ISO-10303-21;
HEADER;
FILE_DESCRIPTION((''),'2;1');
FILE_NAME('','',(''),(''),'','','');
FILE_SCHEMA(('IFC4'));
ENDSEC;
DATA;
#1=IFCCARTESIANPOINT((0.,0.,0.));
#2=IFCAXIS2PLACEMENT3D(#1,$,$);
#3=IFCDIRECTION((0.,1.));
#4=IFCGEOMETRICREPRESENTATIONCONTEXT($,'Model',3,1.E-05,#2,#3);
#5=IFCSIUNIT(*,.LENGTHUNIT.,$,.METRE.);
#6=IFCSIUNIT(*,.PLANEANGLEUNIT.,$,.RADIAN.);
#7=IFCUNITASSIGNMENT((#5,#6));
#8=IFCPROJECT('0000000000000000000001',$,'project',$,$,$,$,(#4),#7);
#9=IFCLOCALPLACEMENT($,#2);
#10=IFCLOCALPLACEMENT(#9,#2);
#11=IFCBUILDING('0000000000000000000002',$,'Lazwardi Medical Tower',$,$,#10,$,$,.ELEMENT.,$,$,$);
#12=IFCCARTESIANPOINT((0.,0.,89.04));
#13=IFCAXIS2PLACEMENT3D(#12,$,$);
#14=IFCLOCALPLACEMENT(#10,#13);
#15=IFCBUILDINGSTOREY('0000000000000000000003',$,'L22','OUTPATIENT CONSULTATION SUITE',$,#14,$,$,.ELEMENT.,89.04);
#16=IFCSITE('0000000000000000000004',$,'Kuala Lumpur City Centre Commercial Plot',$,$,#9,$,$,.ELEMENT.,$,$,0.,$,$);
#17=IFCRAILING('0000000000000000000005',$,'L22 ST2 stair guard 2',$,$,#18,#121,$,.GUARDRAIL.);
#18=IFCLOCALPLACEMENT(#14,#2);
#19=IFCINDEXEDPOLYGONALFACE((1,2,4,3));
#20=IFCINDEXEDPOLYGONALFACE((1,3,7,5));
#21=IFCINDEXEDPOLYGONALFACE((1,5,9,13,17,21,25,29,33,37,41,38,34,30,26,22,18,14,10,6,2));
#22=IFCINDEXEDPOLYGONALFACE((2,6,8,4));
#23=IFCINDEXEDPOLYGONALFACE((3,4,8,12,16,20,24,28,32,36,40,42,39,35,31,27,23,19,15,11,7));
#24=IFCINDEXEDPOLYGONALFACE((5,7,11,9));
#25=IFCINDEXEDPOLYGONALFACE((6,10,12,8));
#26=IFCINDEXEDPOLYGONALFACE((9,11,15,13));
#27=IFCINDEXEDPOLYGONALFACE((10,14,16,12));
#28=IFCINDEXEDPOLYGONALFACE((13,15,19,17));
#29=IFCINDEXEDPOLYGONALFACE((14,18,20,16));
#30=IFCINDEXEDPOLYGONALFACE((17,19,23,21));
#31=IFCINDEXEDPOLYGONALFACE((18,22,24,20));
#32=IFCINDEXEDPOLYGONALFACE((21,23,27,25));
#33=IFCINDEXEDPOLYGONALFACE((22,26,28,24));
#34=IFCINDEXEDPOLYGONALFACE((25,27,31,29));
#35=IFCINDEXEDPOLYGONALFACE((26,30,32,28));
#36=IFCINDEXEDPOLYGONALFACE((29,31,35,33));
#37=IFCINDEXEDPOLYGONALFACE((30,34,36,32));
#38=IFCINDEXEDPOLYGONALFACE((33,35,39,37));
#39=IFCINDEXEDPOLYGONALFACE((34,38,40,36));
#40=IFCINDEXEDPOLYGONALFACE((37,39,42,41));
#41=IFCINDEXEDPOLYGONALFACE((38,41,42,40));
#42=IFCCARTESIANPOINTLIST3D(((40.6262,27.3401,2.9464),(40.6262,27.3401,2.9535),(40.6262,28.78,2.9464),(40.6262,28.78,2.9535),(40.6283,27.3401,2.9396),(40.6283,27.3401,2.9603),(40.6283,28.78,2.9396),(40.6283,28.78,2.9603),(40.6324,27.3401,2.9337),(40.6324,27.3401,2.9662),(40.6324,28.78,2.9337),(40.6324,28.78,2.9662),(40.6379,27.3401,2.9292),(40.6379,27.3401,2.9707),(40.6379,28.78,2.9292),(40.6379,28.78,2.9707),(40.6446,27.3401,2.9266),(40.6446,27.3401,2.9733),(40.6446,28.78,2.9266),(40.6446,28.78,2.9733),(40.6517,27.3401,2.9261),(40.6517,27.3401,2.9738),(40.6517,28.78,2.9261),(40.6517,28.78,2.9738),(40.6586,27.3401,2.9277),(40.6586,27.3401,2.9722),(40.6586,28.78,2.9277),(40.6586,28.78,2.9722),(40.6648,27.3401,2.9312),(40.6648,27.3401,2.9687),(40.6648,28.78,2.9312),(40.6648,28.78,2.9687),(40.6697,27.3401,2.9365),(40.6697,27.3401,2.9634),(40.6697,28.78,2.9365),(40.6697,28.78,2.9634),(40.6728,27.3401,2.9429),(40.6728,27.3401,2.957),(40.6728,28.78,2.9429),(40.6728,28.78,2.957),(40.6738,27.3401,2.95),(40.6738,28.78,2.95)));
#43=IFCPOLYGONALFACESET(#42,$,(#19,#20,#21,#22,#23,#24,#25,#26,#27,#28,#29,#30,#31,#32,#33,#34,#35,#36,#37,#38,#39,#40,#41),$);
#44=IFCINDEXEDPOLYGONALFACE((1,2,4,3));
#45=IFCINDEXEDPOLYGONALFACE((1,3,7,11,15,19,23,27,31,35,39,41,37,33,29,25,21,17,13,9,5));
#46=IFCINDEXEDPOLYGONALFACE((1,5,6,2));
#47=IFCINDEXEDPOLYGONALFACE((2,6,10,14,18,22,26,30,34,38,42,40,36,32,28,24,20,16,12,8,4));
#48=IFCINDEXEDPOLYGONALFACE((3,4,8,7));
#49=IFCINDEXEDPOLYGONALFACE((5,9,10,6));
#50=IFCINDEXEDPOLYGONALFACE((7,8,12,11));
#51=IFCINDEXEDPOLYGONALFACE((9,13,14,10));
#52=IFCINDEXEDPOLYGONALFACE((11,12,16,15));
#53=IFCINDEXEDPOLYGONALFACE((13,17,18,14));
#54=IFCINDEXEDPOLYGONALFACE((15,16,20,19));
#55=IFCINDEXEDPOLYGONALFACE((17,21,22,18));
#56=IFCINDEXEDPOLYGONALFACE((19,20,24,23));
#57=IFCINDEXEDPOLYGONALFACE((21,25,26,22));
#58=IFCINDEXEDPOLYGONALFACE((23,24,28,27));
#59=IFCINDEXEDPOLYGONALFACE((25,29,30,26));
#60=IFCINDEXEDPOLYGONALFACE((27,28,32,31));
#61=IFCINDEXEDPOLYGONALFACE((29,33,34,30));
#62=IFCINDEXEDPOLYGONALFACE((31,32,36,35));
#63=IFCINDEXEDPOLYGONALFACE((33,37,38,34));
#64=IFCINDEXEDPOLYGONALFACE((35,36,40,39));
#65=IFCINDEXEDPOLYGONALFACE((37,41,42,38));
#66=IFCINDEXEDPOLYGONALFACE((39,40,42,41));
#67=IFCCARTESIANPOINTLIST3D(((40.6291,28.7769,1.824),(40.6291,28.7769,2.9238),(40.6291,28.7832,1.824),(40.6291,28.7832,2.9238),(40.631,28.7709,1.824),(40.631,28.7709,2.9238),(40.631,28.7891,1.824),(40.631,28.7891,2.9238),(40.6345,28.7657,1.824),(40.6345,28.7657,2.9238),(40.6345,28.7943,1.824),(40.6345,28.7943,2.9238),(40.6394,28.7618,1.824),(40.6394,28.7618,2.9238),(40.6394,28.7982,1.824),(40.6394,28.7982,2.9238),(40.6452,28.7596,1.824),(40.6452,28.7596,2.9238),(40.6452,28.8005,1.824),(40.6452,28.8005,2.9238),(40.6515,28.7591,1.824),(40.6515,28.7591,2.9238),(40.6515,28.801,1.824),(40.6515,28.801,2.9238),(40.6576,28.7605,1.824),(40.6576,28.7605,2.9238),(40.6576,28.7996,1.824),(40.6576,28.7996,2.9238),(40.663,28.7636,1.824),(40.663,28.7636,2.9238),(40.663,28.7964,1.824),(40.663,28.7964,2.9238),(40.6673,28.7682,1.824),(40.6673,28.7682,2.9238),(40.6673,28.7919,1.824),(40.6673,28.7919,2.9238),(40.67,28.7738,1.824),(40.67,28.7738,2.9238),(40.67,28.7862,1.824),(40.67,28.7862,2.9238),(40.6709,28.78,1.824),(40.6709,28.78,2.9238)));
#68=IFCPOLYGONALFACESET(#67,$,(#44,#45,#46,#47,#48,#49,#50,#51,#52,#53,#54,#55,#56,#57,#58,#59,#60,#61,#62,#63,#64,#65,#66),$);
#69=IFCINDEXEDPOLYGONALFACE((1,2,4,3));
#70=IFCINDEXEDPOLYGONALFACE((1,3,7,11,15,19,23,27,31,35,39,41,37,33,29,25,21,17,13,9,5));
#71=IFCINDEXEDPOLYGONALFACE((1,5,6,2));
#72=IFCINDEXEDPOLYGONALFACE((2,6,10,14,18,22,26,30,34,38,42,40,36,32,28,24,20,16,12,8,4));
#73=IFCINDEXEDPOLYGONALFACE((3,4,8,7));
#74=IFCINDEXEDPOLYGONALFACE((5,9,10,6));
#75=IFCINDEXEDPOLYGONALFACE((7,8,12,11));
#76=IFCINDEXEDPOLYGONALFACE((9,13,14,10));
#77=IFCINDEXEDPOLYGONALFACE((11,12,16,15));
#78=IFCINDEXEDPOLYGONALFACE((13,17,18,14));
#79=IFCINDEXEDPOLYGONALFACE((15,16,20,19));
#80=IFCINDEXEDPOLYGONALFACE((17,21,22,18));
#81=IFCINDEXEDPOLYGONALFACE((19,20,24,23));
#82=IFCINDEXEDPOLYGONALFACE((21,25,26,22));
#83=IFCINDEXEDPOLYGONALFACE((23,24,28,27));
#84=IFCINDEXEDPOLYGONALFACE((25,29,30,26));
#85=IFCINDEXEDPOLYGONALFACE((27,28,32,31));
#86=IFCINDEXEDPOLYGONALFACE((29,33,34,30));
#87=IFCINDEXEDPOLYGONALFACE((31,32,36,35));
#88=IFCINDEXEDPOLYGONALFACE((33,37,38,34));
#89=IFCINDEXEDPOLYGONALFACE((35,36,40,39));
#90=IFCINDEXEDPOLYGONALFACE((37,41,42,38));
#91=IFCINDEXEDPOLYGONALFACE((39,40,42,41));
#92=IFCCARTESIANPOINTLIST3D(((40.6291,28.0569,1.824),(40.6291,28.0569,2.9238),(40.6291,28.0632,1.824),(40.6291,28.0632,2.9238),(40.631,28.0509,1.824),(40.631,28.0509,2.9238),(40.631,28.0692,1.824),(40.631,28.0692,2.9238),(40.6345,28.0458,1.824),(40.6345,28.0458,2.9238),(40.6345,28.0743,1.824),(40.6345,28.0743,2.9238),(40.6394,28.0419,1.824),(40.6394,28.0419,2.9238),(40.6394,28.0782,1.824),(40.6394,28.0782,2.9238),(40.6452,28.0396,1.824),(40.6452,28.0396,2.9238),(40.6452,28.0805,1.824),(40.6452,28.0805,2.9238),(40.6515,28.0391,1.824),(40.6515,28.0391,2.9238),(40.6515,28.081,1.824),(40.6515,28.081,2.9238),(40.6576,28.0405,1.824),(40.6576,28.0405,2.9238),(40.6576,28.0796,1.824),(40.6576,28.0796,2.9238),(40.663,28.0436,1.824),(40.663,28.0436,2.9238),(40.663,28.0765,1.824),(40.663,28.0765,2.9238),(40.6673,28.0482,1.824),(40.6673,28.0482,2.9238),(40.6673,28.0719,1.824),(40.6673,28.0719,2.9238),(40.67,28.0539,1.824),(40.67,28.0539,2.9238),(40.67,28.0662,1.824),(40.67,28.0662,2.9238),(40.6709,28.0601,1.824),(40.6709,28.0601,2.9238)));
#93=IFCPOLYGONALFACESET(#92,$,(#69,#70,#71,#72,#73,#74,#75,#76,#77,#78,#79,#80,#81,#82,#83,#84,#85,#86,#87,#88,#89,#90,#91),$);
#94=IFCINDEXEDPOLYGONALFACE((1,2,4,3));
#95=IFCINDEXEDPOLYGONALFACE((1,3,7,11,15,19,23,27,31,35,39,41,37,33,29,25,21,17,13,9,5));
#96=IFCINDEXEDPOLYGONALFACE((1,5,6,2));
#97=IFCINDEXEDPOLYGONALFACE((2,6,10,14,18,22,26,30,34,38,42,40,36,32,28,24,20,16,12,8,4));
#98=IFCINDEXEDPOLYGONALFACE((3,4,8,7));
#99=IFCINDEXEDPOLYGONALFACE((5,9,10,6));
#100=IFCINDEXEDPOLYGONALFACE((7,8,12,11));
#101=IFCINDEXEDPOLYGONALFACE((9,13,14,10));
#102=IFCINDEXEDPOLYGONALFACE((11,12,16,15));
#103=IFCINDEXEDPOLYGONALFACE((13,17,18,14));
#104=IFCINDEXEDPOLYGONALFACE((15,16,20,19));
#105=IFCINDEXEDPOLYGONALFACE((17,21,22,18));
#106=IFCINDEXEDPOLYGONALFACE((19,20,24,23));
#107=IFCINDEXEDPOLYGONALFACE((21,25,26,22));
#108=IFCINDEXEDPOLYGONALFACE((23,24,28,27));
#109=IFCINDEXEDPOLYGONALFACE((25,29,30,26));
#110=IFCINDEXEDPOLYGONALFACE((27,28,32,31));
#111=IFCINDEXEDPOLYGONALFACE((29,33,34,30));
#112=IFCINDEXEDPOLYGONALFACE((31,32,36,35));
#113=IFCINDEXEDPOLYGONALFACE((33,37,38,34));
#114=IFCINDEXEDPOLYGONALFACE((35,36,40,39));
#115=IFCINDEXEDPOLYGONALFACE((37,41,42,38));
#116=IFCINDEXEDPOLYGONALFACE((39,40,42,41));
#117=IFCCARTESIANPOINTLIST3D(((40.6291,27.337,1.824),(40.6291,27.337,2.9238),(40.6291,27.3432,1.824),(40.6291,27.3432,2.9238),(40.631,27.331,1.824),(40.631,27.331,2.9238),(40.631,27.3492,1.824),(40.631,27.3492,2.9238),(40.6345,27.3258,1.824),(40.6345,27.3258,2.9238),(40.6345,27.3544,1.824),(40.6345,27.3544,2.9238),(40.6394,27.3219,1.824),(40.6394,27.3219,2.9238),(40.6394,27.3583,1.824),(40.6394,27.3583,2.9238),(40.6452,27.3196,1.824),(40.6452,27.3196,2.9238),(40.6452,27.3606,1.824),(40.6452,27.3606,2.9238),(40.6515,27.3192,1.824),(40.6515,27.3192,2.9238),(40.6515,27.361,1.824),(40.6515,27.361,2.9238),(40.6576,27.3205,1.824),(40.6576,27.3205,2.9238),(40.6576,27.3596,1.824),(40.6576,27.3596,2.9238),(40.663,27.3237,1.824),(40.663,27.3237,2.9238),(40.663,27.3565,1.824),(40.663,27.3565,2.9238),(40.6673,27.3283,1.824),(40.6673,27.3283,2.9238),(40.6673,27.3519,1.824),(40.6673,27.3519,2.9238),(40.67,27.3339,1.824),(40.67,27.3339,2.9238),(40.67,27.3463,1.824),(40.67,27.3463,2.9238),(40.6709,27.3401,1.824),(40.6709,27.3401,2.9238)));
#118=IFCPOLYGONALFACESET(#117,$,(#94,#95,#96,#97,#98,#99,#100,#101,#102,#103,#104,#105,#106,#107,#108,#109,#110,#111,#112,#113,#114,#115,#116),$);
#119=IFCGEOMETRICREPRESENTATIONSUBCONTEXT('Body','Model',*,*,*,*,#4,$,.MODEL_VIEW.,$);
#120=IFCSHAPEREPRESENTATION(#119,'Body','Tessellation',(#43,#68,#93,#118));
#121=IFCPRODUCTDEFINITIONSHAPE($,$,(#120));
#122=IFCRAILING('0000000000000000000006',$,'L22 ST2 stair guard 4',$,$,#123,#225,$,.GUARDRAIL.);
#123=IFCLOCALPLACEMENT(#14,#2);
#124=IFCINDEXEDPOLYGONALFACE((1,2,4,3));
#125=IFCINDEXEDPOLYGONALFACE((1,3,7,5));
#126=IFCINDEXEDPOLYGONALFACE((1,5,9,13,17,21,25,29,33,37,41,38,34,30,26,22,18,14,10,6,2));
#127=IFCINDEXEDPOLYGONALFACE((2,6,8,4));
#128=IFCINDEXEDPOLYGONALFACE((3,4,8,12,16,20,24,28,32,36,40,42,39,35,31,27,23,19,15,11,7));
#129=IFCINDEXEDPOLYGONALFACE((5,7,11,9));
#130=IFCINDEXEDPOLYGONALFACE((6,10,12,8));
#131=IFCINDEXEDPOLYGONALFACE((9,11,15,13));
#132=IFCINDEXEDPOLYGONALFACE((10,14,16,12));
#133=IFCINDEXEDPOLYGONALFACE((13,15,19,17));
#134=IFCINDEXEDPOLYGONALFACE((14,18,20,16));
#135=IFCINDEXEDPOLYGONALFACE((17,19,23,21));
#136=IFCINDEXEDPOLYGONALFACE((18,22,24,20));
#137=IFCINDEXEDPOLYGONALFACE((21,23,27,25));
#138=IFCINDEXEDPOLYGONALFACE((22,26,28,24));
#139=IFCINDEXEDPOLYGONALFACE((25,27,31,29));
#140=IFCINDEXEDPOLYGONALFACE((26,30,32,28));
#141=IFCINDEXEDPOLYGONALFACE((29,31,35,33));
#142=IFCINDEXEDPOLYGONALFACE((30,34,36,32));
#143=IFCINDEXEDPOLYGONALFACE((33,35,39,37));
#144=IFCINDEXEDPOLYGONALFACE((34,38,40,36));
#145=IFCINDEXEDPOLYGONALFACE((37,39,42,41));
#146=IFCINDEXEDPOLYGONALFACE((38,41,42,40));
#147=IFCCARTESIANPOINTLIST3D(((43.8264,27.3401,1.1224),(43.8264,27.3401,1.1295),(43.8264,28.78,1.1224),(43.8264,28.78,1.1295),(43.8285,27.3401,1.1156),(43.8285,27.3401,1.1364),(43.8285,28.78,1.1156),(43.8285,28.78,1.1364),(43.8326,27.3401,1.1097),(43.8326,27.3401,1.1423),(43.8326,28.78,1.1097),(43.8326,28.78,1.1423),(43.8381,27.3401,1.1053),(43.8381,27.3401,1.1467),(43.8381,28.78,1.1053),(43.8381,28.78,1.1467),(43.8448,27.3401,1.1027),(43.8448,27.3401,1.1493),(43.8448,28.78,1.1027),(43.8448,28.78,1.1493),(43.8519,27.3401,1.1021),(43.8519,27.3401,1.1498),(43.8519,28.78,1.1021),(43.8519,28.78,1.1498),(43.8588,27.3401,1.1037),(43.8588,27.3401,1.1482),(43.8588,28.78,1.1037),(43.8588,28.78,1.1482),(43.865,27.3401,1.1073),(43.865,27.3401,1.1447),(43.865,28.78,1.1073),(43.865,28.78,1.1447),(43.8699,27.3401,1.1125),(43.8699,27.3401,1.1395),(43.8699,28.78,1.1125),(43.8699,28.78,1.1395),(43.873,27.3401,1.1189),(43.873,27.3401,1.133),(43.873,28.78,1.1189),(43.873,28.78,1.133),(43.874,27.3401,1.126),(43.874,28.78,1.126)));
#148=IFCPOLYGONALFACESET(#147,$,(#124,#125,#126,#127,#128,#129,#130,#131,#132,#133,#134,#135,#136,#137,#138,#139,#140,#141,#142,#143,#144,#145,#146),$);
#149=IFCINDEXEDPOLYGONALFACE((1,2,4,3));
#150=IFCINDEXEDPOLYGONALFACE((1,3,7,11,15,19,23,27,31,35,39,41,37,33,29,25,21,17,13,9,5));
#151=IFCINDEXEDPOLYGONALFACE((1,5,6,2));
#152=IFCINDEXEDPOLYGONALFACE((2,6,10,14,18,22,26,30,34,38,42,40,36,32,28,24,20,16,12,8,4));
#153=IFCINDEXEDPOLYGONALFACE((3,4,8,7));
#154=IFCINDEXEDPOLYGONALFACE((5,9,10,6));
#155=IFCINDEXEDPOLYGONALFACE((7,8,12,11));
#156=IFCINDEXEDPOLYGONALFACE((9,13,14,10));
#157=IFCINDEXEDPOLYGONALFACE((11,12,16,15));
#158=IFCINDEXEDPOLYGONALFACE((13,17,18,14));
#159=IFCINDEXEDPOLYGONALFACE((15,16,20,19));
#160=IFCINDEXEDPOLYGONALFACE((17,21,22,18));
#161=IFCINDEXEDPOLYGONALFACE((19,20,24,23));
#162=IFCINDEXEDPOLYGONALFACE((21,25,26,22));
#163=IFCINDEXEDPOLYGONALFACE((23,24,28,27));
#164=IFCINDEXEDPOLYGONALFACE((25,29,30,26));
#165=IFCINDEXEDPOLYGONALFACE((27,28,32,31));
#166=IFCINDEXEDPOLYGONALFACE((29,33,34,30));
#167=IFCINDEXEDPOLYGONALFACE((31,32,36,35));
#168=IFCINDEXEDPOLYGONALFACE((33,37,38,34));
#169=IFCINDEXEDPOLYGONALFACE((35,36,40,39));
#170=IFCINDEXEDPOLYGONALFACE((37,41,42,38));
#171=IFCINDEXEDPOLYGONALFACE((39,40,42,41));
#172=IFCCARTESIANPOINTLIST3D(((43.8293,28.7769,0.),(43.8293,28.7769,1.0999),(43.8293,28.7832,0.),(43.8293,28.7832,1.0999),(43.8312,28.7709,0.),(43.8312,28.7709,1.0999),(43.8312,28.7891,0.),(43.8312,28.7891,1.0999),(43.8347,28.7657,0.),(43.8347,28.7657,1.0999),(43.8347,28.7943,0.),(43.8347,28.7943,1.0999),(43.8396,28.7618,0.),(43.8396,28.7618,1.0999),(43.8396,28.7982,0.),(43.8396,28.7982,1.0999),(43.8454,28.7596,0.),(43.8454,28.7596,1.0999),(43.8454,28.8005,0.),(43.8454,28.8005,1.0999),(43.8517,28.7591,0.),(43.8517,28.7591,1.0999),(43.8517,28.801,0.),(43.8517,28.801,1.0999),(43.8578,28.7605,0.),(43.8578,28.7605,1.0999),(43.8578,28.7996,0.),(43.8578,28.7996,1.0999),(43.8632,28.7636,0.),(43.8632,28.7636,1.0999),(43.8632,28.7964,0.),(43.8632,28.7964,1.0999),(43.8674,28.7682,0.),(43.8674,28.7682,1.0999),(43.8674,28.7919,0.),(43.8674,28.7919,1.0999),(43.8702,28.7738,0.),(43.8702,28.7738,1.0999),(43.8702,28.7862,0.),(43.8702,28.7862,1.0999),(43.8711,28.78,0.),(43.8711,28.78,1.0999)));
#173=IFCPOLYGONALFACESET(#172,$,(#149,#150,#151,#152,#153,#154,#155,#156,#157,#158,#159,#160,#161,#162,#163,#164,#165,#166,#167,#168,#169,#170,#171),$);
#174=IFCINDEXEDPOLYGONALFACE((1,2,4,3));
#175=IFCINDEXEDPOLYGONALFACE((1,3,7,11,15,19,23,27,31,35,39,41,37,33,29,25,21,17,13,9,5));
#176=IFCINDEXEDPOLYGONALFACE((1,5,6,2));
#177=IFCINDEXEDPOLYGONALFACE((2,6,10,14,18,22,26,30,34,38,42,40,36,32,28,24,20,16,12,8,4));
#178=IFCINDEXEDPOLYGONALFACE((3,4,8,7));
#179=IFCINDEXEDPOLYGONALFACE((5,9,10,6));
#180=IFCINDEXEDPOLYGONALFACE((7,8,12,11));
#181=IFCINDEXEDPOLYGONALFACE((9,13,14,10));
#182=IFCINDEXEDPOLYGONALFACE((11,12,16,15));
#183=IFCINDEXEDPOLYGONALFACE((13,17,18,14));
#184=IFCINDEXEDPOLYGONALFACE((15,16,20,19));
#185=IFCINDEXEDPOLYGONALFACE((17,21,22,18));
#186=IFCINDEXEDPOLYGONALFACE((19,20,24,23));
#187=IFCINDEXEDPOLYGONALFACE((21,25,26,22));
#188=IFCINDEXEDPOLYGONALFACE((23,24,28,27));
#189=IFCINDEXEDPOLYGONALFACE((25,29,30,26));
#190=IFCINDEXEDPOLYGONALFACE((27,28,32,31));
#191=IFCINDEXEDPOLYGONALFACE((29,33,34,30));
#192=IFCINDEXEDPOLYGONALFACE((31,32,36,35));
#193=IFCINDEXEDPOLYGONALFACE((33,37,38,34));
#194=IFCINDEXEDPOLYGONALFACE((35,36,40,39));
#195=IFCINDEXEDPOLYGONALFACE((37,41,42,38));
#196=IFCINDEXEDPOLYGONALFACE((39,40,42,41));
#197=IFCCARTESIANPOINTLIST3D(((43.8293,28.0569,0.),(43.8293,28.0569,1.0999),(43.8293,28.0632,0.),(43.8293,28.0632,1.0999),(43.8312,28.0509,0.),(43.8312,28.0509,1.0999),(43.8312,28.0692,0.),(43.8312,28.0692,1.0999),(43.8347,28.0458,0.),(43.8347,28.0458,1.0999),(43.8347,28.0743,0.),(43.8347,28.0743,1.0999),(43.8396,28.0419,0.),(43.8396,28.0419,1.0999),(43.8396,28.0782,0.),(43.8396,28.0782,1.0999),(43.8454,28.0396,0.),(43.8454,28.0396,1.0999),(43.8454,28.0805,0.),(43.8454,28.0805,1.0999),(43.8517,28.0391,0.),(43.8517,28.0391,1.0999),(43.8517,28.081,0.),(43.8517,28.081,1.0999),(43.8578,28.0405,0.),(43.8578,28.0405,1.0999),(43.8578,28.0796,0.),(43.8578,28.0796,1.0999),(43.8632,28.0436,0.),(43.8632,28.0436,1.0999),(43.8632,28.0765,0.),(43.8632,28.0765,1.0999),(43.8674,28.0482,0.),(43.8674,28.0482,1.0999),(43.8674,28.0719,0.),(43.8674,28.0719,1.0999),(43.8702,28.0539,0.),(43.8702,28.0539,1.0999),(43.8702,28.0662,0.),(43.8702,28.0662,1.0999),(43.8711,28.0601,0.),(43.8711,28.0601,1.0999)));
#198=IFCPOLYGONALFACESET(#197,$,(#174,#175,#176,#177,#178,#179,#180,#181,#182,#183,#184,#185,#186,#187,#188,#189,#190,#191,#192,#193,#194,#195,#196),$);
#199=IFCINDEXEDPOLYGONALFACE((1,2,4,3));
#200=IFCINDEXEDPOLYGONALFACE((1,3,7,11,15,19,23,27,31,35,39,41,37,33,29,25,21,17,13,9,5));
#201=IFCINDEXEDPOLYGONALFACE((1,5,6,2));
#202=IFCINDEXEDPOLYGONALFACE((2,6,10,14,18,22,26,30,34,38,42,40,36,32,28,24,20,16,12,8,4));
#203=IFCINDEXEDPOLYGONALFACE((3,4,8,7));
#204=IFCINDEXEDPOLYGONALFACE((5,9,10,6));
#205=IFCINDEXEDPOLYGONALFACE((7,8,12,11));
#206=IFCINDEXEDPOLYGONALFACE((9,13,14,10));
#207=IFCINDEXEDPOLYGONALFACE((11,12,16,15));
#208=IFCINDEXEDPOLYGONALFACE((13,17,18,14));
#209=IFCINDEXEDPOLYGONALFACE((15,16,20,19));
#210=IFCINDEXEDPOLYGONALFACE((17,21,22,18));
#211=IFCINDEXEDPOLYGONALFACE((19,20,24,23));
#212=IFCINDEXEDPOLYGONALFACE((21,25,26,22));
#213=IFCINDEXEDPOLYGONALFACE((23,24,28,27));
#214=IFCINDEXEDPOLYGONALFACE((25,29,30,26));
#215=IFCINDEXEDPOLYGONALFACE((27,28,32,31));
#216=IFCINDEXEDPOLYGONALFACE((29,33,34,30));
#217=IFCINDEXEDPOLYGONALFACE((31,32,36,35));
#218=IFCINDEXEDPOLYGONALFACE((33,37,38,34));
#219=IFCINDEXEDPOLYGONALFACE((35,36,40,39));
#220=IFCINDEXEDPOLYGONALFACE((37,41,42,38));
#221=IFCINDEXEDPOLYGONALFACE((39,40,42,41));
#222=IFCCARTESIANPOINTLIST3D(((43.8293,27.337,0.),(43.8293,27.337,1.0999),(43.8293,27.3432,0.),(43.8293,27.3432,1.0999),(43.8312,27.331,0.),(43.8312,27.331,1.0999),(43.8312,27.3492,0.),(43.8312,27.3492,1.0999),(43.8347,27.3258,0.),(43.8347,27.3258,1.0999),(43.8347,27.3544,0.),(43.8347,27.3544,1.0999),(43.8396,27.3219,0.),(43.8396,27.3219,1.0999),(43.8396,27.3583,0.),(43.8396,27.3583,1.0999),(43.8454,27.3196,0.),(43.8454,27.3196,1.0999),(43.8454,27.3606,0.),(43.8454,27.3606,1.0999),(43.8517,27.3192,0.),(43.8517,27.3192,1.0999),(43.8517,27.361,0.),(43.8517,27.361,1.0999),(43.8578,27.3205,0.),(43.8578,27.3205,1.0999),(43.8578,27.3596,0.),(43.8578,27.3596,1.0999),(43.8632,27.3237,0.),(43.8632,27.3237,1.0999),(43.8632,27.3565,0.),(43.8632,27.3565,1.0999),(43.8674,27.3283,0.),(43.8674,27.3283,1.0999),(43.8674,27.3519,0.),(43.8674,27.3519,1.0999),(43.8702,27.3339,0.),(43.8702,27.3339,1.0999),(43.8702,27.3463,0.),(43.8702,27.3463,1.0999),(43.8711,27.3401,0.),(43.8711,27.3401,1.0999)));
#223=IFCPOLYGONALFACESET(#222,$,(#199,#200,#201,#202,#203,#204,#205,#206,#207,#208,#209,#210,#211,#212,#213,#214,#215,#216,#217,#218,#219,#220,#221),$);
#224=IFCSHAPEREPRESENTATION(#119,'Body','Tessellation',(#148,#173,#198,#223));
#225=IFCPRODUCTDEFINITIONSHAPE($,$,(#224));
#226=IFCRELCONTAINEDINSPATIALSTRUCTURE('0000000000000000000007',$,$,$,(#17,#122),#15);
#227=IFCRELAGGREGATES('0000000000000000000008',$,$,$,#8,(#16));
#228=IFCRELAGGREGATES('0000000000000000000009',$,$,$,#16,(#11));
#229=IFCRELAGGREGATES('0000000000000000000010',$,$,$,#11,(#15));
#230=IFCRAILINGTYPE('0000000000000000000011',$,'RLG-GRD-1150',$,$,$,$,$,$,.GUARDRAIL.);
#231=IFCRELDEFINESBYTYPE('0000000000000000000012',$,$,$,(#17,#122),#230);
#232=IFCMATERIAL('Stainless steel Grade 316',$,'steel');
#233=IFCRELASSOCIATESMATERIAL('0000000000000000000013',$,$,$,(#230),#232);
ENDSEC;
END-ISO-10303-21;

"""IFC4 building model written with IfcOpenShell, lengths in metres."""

from ifc_helpers import new_model, si_unit, direction, frame, origin, origin_2d, place, context, subcontext, project, spatial, circle, extrude, material, type_object, element, save


model = new_model("IFC4")

# Units and contexts
model_context = context("Model", 3, precision=1e-05, world=origin(), true_north=direction((0.0, 1.0)))
body_context = subcontext(model_context, "Body", "Model", "MODEL_VIEW")
ifc_project = project(units=[si_unit("LENGTHUNIT", "METRE"), si_unit("PLANEANGLEUNIT", "RADIAN")], contexts=[model_context])

# Site, building, storey
site_placement = place(None, origin())
site = spatial("IfcSite", under=ifc_project, at=site_placement, Name="Kuala Lumpur City Centre Commercial Plot", CompositionType="ELEMENT", RefElevation=0.0)
building_placement = place(site_placement, origin())
building = spatial("IfcBuilding", under=site, at=building_placement, Name="Lazwardi Medical Tower", CompositionType="ELEMENT")
storey_placement = place(building_placement, frame((0.0, 0.0, 89.04)))
storey = spatial("IfcBuildingStorey", under=building, at=storey_placement, Name="L22", Description="OUTPATIENT CONSULTATION SUITE", CompositionType="ELEMENT", Elevation=89.04)

# Railings
ifc_material_1 = material(Name="Stainless steel Grade 316", Category="steel")
railing_type_1 = type_object("IfcRailingType", Name="RLG-GRD-1150", PredefinedType="GUARDRAIL", material=ifc_material_1)
for number, where, name in (
    (1, (40.6499, 28.78, 1.824), "L22 ST2 stair guard 2"),
    (2, (43.8501, 28.78, 0.0), "L22 ST2 stair guard 4"),
):
    element("IfcRailing", number, at=place(storey_placement, frame(where)), inside=storey, type_object=railing_type_1, Name=name, PredefinedType="GUARDRAIL", context=body_context, shape_type="SweptSolid", body=[
        extrude(circle(Radius=0.0239, at=origin_2d()), frame((0.0, 0.0, 1.126), z_axis=(0.0, -1.0, 0.0), x_axis=(1.0, 0.0, 0.0)), (0.0, 0.0, 1.0), 1.4399),
        extrude(circle(Radius=0.021, at=origin_2d()), origin(), (0.0, 0.0, 1.0), 1.0999),
        extrude(circle(Radius=0.021, at=origin_2d()), frame((0.0, -0.72, 0.0)), (0.0, 0.0, 1.0), 1.0999),
        extrude(circle(Radius=0.021, at=origin_2d()), frame((0.0, -1.4399, 0.0)), (0.0, 0.0, 1.0), 1.0999),
    ])

save(model, "model.ifc")
